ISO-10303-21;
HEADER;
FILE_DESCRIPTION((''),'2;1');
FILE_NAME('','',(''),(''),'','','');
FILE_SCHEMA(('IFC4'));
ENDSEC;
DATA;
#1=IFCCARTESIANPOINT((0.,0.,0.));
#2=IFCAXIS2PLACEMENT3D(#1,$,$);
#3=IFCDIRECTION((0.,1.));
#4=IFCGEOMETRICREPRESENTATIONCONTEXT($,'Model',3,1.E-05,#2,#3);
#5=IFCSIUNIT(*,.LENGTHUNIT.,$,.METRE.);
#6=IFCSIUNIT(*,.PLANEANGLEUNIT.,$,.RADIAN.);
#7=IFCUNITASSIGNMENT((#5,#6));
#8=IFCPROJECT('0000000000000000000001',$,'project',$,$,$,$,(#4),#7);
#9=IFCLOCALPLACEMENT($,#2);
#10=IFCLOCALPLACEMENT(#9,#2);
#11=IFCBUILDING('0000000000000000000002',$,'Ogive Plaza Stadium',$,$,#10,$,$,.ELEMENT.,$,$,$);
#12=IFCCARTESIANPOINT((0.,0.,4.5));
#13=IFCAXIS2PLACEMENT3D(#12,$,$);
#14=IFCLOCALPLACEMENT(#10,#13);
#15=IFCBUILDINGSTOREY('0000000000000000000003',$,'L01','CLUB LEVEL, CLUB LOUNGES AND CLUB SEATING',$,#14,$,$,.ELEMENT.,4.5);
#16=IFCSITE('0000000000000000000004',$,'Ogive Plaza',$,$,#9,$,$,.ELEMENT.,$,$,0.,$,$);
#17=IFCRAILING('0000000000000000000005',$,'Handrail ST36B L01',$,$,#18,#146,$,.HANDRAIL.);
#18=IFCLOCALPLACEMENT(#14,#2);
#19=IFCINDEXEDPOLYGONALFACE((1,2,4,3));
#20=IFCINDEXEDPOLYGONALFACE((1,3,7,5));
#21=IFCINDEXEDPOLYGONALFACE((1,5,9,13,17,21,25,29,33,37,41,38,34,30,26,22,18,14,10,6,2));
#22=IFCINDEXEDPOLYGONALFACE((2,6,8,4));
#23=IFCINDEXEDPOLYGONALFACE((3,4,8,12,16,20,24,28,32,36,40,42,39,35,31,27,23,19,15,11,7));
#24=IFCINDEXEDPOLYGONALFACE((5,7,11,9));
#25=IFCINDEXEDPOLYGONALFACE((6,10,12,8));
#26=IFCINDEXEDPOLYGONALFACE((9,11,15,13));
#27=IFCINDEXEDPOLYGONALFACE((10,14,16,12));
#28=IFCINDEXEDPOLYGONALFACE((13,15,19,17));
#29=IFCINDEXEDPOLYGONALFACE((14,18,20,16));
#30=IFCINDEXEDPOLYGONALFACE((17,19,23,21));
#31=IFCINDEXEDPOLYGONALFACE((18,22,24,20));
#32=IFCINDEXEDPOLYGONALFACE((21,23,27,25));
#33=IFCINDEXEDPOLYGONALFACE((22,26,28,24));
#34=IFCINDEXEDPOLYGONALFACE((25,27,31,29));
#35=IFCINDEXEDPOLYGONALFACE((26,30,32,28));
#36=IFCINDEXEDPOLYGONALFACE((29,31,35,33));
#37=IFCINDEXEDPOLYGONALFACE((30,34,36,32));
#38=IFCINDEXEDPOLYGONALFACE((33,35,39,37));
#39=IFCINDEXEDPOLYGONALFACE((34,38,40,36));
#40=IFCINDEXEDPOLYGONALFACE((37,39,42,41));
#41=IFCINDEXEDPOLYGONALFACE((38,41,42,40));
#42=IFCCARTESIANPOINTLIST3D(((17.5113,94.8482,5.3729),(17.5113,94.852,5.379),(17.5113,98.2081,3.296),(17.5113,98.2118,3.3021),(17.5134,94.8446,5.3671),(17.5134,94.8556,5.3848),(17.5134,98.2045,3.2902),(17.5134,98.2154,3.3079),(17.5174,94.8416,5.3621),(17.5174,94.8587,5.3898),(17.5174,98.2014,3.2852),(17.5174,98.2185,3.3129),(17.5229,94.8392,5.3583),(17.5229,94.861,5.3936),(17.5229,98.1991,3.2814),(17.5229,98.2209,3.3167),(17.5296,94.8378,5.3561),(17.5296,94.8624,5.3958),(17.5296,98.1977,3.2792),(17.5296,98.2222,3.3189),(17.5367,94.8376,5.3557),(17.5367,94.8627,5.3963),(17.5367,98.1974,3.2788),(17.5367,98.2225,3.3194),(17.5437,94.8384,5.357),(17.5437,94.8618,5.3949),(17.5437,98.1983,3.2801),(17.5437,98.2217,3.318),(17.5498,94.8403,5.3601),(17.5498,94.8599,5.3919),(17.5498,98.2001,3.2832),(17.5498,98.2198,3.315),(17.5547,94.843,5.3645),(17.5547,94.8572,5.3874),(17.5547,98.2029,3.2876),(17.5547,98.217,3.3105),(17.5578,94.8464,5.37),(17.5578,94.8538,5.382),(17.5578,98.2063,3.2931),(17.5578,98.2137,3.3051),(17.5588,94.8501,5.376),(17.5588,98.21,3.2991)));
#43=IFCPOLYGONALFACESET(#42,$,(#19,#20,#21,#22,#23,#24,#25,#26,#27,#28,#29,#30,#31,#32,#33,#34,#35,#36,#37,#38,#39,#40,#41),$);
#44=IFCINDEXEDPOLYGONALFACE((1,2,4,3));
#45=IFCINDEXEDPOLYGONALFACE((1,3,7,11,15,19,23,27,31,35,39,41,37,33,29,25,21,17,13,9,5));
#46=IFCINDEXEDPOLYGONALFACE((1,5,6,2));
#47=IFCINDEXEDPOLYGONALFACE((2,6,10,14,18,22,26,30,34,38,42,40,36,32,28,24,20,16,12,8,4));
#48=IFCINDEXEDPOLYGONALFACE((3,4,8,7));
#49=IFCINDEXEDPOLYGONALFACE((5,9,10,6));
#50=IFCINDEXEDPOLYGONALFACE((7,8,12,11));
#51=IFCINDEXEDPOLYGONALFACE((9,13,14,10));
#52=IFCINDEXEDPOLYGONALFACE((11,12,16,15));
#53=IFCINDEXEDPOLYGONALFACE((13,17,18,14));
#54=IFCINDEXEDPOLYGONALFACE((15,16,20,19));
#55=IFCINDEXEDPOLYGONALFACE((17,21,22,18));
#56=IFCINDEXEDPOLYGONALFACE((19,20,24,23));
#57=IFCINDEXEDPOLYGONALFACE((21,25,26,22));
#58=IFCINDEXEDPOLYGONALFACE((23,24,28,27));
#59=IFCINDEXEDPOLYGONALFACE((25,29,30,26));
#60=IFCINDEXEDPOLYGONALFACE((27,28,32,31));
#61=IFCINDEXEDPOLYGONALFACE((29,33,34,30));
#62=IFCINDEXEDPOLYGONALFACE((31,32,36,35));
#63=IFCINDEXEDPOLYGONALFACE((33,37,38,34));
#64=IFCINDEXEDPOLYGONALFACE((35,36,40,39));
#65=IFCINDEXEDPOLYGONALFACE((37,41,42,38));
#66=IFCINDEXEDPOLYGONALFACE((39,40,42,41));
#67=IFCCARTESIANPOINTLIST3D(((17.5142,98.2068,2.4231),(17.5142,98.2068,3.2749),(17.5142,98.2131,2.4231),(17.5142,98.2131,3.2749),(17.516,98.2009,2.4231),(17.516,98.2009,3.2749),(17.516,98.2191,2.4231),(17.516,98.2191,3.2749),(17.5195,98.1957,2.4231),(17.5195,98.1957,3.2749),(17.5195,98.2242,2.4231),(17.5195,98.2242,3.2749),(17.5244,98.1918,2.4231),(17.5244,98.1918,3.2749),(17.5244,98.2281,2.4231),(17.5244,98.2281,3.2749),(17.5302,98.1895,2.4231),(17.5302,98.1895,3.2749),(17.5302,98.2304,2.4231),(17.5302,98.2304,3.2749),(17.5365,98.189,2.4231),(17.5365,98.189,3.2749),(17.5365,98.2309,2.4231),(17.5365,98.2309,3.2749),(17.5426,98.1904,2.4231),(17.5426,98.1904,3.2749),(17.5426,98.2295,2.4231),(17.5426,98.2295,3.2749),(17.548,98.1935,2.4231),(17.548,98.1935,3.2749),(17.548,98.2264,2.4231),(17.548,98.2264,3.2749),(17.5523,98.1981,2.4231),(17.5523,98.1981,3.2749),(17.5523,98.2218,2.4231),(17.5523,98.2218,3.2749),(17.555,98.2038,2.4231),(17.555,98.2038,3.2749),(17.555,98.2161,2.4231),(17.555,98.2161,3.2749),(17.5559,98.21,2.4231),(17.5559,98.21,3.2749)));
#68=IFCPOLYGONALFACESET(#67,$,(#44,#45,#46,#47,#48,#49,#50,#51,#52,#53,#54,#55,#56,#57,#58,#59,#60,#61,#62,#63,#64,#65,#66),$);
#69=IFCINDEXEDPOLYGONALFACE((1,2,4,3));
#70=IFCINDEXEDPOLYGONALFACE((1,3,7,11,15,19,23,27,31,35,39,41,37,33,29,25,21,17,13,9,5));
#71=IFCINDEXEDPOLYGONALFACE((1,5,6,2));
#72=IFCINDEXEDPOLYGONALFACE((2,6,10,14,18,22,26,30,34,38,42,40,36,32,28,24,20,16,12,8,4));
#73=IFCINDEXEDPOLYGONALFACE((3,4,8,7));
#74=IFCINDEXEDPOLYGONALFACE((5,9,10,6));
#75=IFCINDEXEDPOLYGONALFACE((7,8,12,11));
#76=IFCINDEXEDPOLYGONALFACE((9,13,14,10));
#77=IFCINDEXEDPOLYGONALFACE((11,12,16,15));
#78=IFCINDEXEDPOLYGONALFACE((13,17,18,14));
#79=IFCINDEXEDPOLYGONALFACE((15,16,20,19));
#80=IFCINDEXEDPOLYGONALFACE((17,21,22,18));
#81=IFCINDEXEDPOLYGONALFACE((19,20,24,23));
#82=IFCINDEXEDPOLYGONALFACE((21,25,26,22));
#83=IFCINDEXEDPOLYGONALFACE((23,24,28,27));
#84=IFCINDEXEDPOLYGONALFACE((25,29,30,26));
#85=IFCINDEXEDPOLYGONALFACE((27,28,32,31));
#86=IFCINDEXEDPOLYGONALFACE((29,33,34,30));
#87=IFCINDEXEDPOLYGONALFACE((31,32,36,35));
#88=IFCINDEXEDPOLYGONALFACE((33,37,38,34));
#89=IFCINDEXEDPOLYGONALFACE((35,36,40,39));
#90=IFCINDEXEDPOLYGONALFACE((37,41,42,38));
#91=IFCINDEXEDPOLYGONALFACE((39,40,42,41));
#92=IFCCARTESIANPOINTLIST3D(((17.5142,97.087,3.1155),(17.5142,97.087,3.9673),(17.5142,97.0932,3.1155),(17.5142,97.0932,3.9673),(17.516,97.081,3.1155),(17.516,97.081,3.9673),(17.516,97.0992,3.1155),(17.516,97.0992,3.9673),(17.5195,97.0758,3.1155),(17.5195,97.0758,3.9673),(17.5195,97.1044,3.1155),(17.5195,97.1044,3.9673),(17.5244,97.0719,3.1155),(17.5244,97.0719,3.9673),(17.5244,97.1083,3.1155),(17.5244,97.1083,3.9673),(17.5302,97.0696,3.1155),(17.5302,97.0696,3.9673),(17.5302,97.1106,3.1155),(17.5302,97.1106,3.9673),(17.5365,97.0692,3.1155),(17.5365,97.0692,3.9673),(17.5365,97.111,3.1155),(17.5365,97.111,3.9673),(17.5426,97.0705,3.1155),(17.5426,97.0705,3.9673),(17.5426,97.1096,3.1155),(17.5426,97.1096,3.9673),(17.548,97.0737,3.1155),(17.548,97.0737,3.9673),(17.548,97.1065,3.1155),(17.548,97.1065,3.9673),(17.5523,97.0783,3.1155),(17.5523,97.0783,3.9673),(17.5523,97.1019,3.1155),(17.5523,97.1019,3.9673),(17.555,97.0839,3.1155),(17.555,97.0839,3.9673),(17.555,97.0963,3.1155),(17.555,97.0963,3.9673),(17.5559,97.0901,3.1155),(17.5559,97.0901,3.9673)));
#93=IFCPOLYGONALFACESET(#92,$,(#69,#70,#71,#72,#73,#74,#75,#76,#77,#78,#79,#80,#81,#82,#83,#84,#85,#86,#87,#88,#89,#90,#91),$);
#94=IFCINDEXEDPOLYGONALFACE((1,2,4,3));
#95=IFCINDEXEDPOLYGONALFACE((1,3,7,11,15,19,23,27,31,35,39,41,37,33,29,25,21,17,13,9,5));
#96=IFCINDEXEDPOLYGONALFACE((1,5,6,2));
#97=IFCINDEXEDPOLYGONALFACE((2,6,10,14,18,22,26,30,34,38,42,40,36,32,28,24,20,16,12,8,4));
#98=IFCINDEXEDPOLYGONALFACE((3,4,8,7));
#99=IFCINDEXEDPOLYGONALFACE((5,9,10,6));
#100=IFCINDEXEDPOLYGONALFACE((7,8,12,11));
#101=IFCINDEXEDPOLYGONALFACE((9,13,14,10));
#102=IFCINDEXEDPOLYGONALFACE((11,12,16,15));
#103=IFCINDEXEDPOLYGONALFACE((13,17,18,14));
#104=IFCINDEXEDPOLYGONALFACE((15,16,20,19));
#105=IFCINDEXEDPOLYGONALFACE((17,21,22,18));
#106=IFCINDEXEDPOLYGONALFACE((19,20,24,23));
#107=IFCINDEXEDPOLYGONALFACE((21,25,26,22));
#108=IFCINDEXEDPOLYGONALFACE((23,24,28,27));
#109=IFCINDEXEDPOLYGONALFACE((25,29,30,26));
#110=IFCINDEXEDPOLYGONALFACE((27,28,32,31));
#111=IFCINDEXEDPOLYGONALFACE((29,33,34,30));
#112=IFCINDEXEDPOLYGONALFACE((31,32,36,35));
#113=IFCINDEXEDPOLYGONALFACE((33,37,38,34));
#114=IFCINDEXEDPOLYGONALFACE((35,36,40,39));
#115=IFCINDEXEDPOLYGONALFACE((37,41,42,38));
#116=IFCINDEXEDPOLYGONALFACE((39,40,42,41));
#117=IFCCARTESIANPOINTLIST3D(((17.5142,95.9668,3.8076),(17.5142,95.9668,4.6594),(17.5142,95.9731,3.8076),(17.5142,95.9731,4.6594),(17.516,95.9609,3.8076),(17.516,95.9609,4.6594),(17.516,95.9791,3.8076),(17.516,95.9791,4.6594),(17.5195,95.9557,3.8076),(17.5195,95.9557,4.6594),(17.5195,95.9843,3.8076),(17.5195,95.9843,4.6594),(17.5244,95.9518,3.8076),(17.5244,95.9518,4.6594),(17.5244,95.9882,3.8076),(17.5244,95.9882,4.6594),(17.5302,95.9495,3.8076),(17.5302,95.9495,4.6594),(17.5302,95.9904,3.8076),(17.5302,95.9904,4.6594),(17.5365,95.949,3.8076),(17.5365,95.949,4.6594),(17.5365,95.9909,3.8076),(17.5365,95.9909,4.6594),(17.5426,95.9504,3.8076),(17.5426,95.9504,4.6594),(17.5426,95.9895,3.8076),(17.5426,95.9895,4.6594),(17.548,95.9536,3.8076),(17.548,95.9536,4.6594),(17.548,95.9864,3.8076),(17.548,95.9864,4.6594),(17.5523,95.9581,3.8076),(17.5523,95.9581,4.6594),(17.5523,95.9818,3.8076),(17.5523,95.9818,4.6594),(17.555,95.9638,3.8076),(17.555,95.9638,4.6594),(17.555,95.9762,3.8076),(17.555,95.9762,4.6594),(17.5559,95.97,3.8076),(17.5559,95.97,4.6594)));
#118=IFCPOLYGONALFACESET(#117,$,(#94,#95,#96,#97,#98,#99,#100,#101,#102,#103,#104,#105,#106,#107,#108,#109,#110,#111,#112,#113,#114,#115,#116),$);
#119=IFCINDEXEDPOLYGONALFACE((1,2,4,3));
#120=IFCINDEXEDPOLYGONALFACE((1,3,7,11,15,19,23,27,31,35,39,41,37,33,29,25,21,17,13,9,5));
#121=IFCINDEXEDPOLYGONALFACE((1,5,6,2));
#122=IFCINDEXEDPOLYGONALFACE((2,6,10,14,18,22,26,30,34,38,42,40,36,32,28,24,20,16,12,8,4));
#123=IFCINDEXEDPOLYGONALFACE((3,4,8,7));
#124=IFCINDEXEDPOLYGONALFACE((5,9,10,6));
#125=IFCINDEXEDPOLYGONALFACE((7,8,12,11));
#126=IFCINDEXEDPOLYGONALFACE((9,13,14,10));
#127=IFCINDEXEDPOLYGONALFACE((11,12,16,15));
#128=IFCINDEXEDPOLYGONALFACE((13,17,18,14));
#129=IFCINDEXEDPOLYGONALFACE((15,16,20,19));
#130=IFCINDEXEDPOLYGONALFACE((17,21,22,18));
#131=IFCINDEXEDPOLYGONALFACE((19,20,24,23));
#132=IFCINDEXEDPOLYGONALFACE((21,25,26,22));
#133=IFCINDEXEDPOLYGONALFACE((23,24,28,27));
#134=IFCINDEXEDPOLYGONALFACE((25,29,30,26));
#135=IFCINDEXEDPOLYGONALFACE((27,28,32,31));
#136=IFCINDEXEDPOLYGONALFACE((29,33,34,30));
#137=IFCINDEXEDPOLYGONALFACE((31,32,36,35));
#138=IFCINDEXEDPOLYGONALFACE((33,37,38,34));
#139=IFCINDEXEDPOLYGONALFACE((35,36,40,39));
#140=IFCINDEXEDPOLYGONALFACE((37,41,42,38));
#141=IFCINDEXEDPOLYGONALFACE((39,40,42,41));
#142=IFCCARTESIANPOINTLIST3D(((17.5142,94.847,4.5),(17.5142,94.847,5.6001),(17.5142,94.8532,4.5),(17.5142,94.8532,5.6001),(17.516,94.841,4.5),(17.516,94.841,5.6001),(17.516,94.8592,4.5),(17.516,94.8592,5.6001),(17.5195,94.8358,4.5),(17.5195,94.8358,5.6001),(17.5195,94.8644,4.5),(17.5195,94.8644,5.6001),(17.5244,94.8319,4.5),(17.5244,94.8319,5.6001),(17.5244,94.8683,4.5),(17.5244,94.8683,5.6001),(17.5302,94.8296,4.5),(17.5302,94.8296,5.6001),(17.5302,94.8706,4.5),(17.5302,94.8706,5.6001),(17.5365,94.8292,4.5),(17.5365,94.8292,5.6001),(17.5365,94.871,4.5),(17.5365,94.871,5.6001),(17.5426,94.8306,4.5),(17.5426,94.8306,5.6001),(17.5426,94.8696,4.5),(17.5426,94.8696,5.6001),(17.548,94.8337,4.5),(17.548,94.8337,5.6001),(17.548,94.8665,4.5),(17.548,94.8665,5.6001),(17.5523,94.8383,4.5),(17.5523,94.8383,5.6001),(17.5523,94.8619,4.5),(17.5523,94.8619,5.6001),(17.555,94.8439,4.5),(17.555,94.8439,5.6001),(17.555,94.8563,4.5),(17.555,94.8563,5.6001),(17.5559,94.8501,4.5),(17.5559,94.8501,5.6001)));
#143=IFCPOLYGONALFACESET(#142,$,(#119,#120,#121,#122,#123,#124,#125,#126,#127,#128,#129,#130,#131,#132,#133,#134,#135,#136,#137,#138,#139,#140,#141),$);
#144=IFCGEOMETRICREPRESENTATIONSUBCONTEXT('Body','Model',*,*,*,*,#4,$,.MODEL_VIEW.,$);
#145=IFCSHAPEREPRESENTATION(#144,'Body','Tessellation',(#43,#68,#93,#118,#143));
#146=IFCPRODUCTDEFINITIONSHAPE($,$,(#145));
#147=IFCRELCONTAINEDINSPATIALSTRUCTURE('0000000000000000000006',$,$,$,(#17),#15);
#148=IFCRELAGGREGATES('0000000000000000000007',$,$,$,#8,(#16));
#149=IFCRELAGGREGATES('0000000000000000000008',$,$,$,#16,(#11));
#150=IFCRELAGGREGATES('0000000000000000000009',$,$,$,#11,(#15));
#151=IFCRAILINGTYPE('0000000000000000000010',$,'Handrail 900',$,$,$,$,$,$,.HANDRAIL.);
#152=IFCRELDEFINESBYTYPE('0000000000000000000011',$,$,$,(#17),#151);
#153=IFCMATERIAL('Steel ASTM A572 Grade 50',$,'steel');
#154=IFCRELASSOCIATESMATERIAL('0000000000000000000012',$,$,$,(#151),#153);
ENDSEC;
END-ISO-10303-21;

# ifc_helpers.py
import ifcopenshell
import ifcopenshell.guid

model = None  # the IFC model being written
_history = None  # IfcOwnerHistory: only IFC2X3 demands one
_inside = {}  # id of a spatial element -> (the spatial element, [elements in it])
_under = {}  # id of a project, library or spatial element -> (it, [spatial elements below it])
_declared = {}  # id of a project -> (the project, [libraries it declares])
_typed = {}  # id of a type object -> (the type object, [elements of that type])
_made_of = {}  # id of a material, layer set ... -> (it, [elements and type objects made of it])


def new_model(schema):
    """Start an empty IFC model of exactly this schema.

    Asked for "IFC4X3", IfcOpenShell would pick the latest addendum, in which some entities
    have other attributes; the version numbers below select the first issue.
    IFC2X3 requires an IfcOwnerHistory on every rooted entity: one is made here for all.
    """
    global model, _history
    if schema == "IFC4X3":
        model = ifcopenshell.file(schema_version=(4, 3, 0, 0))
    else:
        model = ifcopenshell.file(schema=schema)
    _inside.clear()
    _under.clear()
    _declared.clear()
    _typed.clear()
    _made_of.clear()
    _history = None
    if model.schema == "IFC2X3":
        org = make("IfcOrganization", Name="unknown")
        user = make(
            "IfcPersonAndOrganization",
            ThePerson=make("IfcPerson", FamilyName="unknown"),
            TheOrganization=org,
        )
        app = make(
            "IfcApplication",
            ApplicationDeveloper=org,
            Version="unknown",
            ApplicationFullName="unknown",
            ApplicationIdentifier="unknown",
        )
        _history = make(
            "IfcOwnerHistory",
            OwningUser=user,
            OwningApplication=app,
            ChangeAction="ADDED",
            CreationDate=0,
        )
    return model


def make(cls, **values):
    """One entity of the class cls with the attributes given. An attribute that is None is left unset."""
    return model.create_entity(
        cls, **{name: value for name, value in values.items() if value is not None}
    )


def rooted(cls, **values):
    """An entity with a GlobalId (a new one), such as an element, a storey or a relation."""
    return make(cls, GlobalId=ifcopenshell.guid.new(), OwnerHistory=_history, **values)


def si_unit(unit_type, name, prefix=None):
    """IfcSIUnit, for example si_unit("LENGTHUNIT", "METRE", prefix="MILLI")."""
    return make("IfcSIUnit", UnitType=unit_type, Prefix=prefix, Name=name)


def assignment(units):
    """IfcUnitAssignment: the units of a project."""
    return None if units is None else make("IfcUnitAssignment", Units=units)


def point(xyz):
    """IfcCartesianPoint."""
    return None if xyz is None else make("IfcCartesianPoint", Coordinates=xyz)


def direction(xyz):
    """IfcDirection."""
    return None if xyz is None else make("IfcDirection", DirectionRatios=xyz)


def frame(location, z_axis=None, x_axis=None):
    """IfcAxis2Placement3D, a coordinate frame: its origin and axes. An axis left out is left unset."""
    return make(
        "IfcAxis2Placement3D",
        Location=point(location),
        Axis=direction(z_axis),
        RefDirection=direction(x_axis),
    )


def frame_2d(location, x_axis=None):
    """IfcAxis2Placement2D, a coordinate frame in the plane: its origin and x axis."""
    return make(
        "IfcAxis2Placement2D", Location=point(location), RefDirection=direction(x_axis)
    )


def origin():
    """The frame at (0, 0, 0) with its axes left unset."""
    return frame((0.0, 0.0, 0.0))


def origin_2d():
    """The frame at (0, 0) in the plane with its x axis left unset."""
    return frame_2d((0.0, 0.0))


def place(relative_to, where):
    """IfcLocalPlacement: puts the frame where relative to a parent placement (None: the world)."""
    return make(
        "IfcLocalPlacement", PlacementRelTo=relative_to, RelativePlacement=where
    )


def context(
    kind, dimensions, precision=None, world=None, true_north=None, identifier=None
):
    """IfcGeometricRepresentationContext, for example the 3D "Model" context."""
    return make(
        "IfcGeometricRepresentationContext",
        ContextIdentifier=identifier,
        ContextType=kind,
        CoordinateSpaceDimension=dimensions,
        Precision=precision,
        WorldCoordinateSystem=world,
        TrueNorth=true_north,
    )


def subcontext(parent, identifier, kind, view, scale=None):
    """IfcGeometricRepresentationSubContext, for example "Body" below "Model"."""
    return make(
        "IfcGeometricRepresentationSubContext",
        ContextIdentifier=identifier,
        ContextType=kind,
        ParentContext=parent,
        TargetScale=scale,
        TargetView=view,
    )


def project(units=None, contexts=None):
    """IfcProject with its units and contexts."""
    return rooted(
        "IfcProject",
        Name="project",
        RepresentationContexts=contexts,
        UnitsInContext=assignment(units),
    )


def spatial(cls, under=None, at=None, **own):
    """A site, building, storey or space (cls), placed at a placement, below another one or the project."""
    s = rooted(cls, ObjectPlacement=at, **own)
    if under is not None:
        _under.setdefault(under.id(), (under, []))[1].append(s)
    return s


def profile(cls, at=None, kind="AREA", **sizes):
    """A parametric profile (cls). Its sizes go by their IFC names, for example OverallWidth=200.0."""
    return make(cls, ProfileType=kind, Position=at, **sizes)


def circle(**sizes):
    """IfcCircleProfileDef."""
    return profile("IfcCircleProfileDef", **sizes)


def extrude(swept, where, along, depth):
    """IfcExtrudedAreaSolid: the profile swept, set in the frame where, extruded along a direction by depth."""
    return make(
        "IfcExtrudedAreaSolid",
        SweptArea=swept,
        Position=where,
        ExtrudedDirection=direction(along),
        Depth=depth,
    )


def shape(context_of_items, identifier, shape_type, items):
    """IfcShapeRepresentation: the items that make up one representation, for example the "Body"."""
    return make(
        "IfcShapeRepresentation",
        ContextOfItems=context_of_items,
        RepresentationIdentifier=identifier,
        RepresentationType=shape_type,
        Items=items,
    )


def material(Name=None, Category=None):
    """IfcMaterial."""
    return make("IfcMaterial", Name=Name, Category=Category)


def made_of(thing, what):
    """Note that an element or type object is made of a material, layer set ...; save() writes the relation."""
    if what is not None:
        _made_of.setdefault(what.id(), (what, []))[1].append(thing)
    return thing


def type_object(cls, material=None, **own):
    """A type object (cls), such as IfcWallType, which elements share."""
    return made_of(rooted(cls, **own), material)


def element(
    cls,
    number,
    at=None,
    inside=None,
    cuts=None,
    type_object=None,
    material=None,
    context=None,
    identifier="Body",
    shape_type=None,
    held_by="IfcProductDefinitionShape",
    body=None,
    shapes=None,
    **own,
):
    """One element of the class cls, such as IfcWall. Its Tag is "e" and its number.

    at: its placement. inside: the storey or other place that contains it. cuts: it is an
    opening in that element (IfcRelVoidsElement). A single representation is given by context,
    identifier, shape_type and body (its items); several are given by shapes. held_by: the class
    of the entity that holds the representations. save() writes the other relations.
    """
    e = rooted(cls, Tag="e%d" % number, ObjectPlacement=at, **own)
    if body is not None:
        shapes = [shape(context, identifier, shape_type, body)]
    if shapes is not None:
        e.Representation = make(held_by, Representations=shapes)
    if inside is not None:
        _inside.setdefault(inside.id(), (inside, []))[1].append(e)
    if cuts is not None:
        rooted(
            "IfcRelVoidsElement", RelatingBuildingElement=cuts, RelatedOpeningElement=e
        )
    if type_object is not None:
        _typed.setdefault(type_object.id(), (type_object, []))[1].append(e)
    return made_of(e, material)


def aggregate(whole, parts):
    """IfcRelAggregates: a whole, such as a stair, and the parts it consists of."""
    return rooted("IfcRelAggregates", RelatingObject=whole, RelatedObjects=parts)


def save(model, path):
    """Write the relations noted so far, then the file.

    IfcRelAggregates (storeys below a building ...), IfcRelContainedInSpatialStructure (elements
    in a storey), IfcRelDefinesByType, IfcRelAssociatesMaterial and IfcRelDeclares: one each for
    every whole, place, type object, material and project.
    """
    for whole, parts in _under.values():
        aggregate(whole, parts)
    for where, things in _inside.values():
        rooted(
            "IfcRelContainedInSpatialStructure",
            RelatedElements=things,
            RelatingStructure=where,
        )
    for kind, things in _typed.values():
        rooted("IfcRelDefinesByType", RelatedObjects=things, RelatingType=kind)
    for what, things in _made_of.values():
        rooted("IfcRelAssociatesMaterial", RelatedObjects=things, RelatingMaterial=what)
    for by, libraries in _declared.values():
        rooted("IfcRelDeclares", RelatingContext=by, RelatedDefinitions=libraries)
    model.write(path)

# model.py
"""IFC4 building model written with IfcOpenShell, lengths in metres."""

from ifc_helpers import new_model, si_unit, direction, frame, origin, origin_2d, place, context, subcontext, project, spatial, circle, extrude, material, type_object, element, save


model = new_model("IFC4")

# Units and contexts
model_context = context("Model", 3, precision=1e-05, world=origin(), true_north=direction((0.0, 1.0)))
body_context = subcontext(model_context, "Body", "Model", "MODEL_VIEW")
ifc_project = project(units=[si_unit("LENGTHUNIT", "METRE"), si_unit("PLANEANGLEUNIT", "RADIAN")], contexts=[model_context])

# Site, building, storey
site_placement = place(None, origin())
site = spatial("IfcSite", under=ifc_project, at=site_placement, Name="Ogive Plaza", CompositionType="ELEMENT", RefElevation=0.0)
building_placement = place(site_placement, origin())
building = spatial("IfcBuilding", under=site, at=building_placement, Name="Ogive Plaza Stadium", CompositionType="ELEMENT")
storey_placement = place(building_placement, frame((0.0, 0.0, 4.5)))
storey = spatial("IfcBuildingStorey", under=building, at=storey_placement, Name="L01", Description="CLUB LEVEL, CLUB LOUNGES AND CLUB SEATING", CompositionType="ELEMENT", Elevation=4.5)

# Railing
ifc_material_1 = material(Name="Steel ASTM A572 Grade 50", Category="steel")
railing_type_1 = type_object("IfcRailingType", Name="Handrail 900", PredefinedType="HANDRAIL", material=ifc_material_1)
for number, where, name in (
    (1, (17.5349, 98.21, 2.4231), "Handrail ST36B L01"),
):
    element("IfcRailing", number, at=place(storey_placement, frame(where)), inside=storey, type_object=railing_type_1, Name=name, PredefinedType="HANDRAIL", context=body_context, shape_type="SweptSolid", body=[
        extrude(circle(Radius=0.0239, at=origin_2d()), frame((0.0, 0.0, 0.876), z_axis=(0.0, -0.850606, 0.525803), x_axis=(1.0, 0.0, 0.0)), (0.0, 0.0, 1.0), 3.95),
        extrude(circle(Radius=0.021, at=origin_2d()), origin(), (0.0, 0.0, 1.0), 0.8518),
        extrude(circle(Radius=0.021, at=origin_2d()), frame((0.0, -1.1199, 0.6924)), (0.0, 0.0, 1.0), 0.8518),
        extrude(circle(Radius=0.021, at=origin_2d()), frame((0.0, -2.24, 1.3845)), (0.0, 0.0, 1.0), 0.8518),
        extrude(circle(Radius=0.021, at=origin_2d()), frame((0.0, -3.3599, 2.0769)), (0.0, 0.0, 1.0), 1.1001),
    ])

save(model, "model.ifc")
